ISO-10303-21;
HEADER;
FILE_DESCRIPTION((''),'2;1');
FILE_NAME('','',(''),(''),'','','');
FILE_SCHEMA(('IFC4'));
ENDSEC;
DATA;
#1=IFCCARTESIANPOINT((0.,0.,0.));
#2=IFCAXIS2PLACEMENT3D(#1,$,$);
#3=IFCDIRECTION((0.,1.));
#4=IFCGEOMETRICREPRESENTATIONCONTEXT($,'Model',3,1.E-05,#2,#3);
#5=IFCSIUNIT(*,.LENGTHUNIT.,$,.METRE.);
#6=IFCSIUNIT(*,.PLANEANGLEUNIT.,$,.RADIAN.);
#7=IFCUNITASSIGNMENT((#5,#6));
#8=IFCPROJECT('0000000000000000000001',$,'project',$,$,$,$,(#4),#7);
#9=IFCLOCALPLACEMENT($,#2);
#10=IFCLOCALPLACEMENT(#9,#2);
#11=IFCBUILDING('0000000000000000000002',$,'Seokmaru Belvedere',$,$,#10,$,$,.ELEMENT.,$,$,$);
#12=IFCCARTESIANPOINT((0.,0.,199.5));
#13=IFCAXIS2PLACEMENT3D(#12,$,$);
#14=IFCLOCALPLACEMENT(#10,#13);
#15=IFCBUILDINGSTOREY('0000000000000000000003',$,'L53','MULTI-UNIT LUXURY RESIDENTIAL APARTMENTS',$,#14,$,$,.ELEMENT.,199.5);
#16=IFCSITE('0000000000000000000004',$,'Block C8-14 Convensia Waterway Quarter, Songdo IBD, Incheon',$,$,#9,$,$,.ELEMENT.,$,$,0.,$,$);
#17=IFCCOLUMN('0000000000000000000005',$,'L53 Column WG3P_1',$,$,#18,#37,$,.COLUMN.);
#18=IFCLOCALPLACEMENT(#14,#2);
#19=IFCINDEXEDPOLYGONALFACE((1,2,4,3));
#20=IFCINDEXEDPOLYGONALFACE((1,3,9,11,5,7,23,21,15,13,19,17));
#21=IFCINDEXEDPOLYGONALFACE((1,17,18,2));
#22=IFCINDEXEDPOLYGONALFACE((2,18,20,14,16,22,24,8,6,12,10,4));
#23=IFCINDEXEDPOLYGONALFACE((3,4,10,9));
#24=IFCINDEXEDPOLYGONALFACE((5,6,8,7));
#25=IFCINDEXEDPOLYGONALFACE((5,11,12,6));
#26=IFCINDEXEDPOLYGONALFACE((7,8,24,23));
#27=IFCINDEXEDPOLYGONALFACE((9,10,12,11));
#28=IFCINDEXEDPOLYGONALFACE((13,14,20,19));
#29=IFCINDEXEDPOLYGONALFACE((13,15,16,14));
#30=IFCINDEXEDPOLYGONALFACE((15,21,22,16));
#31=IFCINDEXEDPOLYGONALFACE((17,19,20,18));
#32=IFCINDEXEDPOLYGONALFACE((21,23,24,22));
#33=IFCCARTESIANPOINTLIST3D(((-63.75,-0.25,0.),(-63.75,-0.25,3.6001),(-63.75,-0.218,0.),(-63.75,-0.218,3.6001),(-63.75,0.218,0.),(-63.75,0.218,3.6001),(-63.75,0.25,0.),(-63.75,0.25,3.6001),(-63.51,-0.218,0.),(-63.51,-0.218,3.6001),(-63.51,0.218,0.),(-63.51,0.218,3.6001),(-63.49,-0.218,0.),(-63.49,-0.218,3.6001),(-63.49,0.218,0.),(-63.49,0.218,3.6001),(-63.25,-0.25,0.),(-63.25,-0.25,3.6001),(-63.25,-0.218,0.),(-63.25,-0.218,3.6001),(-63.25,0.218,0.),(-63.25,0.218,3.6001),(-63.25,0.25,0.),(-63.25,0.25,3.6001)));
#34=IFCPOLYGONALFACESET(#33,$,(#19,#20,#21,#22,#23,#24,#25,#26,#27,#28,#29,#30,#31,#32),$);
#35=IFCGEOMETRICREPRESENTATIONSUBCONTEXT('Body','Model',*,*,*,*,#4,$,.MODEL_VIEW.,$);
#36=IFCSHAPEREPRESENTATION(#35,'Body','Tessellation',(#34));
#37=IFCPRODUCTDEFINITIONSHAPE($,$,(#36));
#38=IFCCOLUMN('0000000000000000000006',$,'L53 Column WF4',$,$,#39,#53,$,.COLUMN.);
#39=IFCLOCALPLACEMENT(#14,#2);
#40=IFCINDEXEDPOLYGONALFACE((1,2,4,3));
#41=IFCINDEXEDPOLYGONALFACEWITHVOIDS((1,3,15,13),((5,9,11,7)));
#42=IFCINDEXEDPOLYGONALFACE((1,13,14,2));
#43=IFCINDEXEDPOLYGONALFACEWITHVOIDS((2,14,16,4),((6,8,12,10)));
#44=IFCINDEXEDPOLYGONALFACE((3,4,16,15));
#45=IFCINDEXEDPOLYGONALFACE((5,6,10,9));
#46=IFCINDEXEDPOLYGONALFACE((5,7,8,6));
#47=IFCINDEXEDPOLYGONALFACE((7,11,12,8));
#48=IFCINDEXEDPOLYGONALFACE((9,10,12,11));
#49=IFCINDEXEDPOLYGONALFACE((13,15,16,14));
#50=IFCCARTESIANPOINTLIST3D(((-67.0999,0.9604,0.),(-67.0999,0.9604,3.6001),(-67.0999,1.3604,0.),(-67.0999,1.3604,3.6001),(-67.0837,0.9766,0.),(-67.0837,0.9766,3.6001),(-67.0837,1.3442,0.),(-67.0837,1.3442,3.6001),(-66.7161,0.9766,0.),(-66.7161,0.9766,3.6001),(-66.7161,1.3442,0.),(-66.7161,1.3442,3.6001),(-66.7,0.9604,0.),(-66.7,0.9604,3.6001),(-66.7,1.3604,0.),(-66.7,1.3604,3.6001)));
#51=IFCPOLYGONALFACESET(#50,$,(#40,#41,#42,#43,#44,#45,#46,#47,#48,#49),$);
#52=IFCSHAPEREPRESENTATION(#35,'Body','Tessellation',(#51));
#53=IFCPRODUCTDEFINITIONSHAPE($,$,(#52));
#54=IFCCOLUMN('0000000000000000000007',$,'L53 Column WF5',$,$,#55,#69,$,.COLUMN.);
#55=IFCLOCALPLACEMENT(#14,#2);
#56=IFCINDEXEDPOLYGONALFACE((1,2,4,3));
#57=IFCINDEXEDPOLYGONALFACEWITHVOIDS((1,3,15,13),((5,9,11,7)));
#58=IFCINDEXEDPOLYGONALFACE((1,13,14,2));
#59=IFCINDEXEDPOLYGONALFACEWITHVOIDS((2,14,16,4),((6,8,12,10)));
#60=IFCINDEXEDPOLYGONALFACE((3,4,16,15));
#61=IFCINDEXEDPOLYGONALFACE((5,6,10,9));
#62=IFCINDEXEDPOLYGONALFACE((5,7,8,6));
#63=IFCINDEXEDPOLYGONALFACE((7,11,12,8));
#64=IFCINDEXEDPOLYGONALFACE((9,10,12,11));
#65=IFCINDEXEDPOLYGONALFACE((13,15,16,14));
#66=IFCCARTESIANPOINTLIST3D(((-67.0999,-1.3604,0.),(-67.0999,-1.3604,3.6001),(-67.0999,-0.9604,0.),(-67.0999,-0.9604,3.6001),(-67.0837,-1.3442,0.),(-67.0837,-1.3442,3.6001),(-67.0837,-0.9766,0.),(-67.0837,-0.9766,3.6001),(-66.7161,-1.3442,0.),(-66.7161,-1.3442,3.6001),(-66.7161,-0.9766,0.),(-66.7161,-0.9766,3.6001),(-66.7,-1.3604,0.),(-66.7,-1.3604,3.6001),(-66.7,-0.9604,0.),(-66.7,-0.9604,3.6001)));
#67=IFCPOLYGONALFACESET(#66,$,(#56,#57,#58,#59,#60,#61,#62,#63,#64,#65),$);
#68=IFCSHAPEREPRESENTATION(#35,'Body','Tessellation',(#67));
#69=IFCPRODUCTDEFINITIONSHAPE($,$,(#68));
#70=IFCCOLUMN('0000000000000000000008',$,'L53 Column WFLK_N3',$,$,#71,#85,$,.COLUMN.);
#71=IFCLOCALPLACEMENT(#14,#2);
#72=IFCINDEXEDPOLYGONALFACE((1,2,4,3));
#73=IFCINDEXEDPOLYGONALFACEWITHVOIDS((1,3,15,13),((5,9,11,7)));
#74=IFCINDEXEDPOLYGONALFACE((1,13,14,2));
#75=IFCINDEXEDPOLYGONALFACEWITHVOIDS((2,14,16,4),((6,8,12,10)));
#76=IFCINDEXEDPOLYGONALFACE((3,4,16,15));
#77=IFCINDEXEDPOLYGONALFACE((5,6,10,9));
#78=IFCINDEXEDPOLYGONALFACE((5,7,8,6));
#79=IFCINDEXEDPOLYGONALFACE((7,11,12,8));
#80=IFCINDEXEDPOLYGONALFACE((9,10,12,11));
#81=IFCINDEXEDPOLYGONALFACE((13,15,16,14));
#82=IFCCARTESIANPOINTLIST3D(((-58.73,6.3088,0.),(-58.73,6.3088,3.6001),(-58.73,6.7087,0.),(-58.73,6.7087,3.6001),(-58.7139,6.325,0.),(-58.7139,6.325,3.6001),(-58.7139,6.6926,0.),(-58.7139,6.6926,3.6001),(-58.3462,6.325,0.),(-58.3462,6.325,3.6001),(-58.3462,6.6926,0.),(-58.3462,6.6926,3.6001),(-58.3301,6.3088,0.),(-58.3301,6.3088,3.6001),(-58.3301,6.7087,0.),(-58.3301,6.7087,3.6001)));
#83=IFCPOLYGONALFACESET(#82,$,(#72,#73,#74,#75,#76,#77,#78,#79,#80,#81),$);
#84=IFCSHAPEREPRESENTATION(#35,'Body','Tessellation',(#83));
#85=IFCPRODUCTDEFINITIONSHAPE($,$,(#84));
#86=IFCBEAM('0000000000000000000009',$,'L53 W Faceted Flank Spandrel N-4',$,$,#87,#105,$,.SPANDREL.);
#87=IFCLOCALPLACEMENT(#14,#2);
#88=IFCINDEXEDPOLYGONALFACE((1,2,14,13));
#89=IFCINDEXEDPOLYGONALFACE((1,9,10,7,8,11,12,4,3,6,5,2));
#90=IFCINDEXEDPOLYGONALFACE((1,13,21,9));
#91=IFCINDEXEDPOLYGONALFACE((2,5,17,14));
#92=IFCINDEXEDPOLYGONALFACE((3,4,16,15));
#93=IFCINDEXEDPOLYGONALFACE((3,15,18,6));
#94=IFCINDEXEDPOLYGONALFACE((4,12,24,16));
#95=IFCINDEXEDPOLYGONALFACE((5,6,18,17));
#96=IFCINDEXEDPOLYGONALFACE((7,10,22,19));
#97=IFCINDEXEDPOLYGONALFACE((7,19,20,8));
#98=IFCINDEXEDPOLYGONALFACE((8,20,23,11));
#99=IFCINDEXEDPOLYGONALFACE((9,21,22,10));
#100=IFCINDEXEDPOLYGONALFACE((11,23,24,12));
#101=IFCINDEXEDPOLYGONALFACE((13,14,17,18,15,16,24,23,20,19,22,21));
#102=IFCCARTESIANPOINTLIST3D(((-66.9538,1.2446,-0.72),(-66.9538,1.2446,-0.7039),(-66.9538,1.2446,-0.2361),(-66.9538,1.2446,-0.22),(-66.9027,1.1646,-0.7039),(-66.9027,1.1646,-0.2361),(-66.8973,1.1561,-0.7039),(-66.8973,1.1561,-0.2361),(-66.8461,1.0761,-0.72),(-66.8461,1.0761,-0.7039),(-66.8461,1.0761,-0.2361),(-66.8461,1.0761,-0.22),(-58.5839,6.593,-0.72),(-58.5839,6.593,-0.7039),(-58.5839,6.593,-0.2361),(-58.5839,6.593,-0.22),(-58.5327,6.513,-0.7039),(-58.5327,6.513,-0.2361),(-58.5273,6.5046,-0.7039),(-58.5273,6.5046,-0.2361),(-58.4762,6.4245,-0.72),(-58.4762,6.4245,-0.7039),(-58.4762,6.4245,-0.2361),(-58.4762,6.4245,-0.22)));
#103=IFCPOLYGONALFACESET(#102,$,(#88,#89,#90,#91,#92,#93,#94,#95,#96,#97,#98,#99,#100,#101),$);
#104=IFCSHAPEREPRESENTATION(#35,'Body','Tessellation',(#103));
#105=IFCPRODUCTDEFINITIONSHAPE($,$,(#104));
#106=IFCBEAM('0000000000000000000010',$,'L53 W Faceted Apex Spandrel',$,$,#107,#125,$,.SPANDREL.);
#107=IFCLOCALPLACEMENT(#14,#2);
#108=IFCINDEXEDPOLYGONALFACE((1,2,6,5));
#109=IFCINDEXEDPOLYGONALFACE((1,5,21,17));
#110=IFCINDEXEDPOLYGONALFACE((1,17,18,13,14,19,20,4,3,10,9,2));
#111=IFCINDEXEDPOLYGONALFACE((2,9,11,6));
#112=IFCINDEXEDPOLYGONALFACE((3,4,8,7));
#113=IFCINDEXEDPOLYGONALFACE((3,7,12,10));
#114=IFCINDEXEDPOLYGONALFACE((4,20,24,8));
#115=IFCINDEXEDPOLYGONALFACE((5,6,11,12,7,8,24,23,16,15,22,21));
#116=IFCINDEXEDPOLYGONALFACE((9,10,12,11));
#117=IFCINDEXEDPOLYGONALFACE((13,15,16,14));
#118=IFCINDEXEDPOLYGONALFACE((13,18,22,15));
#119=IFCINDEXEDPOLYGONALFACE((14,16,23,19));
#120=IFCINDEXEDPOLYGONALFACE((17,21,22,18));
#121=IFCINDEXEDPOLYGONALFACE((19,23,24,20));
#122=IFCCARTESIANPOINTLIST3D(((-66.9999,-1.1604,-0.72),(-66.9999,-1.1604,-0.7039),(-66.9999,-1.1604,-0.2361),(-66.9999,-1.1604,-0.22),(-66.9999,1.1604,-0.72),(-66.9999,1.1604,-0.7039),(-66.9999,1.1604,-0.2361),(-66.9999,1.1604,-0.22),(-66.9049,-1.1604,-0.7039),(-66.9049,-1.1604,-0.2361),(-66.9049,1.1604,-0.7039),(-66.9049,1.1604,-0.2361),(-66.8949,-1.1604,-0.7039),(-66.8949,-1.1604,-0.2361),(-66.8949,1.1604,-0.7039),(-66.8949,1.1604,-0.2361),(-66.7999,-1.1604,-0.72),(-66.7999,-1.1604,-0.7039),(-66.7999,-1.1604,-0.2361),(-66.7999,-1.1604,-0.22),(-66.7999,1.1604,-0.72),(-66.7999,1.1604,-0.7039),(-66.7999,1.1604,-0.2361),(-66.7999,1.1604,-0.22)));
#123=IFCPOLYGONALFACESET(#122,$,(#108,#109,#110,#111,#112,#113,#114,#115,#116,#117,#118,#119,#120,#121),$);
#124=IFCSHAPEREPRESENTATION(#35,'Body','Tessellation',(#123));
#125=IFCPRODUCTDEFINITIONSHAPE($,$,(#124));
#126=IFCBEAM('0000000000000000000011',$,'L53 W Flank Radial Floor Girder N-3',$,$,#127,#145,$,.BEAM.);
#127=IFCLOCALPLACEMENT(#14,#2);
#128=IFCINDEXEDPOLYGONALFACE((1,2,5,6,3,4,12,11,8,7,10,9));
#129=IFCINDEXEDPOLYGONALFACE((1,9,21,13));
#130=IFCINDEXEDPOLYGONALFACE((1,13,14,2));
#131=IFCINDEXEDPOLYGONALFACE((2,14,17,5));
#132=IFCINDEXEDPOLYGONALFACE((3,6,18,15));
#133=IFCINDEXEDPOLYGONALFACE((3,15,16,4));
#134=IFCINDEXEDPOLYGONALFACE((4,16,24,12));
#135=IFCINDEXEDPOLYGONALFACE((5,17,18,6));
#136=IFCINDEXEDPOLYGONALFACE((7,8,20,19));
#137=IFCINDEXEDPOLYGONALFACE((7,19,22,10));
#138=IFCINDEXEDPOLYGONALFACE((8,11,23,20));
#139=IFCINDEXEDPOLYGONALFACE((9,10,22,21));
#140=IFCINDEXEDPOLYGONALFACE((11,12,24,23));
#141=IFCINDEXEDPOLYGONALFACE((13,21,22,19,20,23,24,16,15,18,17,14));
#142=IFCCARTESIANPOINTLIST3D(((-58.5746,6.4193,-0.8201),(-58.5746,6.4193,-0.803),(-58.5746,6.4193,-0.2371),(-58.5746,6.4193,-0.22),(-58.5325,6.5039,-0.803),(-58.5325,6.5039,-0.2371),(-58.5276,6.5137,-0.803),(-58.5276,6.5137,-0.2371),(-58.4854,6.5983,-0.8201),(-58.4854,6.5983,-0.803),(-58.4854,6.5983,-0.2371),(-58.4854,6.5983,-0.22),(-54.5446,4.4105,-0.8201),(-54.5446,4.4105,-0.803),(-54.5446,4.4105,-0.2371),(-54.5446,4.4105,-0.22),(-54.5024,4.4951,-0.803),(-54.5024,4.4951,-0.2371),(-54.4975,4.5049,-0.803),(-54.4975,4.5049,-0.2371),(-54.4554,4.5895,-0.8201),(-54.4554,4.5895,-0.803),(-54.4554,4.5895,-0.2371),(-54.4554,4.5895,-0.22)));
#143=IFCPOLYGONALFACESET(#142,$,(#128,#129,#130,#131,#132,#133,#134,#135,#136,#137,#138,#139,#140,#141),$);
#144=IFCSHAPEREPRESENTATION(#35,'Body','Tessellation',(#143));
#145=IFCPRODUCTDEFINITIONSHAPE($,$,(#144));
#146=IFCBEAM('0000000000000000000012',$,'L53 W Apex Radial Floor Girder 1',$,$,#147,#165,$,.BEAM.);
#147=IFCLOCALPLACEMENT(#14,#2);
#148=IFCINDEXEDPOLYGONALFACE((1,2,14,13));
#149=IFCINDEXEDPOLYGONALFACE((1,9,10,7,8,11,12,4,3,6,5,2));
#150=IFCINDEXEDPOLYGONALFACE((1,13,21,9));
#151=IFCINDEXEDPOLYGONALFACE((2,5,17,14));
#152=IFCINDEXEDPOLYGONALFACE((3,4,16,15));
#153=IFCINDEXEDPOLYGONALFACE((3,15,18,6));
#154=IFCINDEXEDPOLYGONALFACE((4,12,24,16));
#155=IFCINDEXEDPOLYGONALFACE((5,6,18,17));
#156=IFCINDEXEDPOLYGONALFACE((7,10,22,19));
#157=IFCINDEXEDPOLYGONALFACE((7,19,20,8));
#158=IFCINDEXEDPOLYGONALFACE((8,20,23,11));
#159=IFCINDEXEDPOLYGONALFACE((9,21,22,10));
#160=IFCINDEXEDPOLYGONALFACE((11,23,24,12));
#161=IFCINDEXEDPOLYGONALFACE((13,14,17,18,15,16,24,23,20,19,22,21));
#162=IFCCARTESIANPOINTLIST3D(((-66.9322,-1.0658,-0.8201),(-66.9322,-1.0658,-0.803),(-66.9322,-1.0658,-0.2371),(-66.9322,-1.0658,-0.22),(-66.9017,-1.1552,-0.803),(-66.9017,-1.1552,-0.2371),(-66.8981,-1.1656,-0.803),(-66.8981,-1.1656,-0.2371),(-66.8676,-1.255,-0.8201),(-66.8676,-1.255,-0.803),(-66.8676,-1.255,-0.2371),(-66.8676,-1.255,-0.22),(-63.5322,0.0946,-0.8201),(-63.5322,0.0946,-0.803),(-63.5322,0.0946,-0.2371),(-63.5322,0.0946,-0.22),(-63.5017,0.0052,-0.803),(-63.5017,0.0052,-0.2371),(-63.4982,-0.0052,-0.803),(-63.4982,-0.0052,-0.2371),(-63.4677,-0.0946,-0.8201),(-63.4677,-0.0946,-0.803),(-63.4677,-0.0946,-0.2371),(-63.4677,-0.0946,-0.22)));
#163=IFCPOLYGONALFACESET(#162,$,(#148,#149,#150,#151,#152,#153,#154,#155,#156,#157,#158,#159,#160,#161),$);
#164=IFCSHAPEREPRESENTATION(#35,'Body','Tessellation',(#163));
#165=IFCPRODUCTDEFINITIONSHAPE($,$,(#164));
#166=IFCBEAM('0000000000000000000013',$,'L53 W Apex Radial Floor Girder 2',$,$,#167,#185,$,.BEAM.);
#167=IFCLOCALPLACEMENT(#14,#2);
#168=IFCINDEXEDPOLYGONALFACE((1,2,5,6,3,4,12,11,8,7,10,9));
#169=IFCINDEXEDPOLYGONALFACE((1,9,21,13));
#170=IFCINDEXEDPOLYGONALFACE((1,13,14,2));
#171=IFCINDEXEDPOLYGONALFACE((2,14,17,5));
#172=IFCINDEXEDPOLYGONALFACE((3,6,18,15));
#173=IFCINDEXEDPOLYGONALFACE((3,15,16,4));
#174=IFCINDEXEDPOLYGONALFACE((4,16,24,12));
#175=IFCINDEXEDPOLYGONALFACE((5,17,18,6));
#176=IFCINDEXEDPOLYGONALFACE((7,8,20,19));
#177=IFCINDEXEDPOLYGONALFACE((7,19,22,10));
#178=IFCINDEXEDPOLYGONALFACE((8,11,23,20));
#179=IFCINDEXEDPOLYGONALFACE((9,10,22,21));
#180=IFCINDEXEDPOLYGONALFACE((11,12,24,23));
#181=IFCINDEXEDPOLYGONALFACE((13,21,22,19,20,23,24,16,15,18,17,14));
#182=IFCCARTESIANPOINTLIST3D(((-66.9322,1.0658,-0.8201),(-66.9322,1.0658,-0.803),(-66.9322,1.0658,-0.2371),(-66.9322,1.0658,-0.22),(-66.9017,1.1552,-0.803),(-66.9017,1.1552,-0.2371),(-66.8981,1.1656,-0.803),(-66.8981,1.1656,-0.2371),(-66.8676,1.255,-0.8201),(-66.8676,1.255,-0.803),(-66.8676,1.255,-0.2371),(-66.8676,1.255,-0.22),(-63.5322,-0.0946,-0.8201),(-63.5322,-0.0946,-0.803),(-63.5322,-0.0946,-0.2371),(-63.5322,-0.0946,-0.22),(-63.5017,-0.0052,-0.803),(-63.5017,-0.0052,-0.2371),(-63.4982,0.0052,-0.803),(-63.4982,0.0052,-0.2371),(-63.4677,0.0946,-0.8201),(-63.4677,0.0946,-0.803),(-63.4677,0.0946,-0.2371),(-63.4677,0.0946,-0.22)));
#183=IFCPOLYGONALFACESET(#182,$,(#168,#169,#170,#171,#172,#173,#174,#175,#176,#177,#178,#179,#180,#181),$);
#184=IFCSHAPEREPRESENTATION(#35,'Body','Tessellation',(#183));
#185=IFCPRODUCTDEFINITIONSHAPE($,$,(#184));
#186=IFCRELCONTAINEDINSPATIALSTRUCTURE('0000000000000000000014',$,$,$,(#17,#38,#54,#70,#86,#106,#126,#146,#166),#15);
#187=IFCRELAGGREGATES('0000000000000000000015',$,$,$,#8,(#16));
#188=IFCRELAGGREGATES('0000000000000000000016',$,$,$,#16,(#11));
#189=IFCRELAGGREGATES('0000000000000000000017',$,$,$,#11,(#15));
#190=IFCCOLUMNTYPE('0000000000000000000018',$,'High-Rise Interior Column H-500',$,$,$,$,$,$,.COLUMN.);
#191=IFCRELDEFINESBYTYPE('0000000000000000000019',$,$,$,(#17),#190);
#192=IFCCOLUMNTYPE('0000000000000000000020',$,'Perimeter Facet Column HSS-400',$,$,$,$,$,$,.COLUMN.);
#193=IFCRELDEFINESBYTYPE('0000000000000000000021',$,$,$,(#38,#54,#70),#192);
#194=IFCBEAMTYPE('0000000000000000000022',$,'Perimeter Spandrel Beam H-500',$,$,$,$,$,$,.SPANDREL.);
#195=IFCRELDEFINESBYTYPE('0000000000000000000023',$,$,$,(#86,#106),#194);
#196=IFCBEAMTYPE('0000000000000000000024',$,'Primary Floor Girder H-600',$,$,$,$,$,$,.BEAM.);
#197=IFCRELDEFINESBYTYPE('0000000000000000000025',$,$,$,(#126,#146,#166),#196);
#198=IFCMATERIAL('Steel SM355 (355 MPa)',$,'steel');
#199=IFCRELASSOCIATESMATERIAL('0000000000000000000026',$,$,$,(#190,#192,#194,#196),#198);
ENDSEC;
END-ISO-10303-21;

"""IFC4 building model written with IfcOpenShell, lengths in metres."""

from ifc_helpers import new_model, si_unit, direction, frame, origin, origin_2d, place, context, subcontext, project, spatial, hollow_rectangle, i_section, extrude, source, transform, mapped, material, material_profile, profile_set, type_object, type_shapes, element, save


model = new_model("IFC4")

# Units and contexts
model_context = context("Model", 3, precision=1e-05, world=origin(), true_north=direction((0.0, 1.0)))
body_context = subcontext(model_context, "Body", "Model", "MODEL_VIEW")
ifc_project = project(units=[si_unit("LENGTHUNIT", "METRE"), si_unit("PLANEANGLEUNIT", "RADIAN")], contexts=[model_context])

# Site, building, storey
site_placement = place(None, origin())
site = spatial("IfcSite", under=ifc_project, at=site_placement, Name="Block C8-14 Convensia Waterway Quarter, Songdo IBD, Incheon", CompositionType="ELEMENT", RefElevation=0.0)
building_placement = place(site_placement, origin())
building = spatial("IfcBuilding", under=site, at=building_placement, Name="Seokmaru Belvedere", CompositionType="ELEMENT")
storey_placement = place(building_placement, frame((0.0, 0.0, 199.5)))
storey = spatial("IfcBuildingStorey", under=building, at=storey_placement, Name="L53", Description="MULTI-UNIT LUXURY RESIDENTIAL APARTMENTS", CompositionType="ELEMENT", Elevation=199.5)

# Columns
ifc_material_1 = material(Name="Steel SM355 (355 MPa)", Category="steel")
ifc_material_profile_1 = material_profile(ifc_material_1, i_section(OverallWidth=0.5, OverallDepth=0.5, WebThickness=0.02, FlangeThickness=0.032, at=origin_2d()), Name="H-500x500x20x32")
ifc_profile_set_1 = profile_set([ifc_material_profile_1], Name="Steel SM355 (355 MPa)")
column_type_1 = type_object("IfcColumnType", Name="High-Rise Interior Column H-500", PredefinedType="COLUMN", material=ifc_profile_set_1)
shared_shape_1 = source(origin(), body_context, "Body", "SweptSolid", [
    extrude(i_section(OverallWidth=0.5, OverallDepth=0.5, WebThickness=0.02, FlangeThickness=0.032, at=origin_2d()), origin(), (0.0, 0.0, 1.0), 3.6001),
])
type_shapes(column_type_1, [shared_shape_1])
column_placement = place(storey_placement, frame((-63.5, 0.0, 0.0), z_axis=(0.0, 0.0, 1.0), x_axis=(1.0, 0.0, 0.0)))
element("IfcColumn", 1, at=column_placement, inside=storey, type_object=column_type_1, Name="L53 Column WG3P_1", PredefinedType="COLUMN", context=body_context, shape_type="MappedRepresentation", body=[
    mapped(shared_shape_1, transform((0.0, 0.0, 0.0), scale=1.0)),
])
ifc_material_profile_2 = material_profile(ifc_material_1, hollow_rectangle(XDim=0.3999, YDim=0.3999, WallThickness=0.0161, at=origin_2d()), Name="HSS-400x400x16")
ifc_profile_set_2 = profile_set([ifc_material_profile_2], Name="Steel SM355 (355 MPa)")
column_type_2 = type_object("IfcColumnType", Name="Perimeter Facet Column HSS-400", PredefinedType="COLUMN", material=ifc_profile_set_2)
shared_shape_2 = source(origin(), body_context, "Body", "SweptSolid", [
    extrude(hollow_rectangle(XDim=0.3999, YDim=0.3999, WallThickness=0.0161, at=origin_2d()), origin(), (0.0, 0.0, 1.0), 3.6001),
])
type_shapes(column_type_2, [shared_shape_2])
for number, where, z_axis, x_axis, name in (
    (2, (-66.8999, 1.1604, 0.0), (0.0, 0.0, 1.0), (1.0, 0.0, 0.0), "L53 Column WF4"),
    (3, (-66.8999, -1.1604, 0.0), (0.0, 0.0, 1.0), (1.0, 0.0, 0.0), "L53 Column WF5"),
    (4, (-58.53, 6.5088, 0.0), (0.0, 0.0, 1.0), (1.0, 0.0, 0.0), "L53 Column WFLK_N3"),
):
    element("IfcColumn", number, at=place(storey_placement, frame(where, z_axis=z_axis, x_axis=x_axis)), inside=storey, type_object=column_type_2, Name=name, PredefinedType="COLUMN", context=body_context, shape_type="MappedRepresentation", body=[
        mapped(shared_shape_2, transform((0.0, 0.0, 0.0), scale=1.0)),
    ])

# Beams
ifc_material_profile_3 = material_profile(ifc_material_1, i_section(OverallWidth=0.2, OverallDepth=0.5, WebThickness=0.01, FlangeThickness=0.0161, at=origin_2d()), Name="H-500x200x10x16")
ifc_profile_set_3 = profile_set([ifc_material_profile_3], Name="Steel SM355 (355 MPa)")
beam_type_1 = type_object("IfcBeamType", Name="Perimeter Spandrel Beam H-500", PredefinedType="SPANDREL", material=ifc_profile_set_3)
shared_shape_3 = source(origin(), body_context, "Body", "SweptSolid", [
    extrude(i_section(OverallWidth=0.2, OverallDepth=0.5, WebThickness=0.01, FlangeThickness=0.0161, at=origin_2d()), origin(), (0.0, 0.0, 1.0), 9.9329),
])
beam_1_placement = place(storey_placement, frame((-58.53, 6.5088, -0.47), z_axis=(-0.842652, -0.538459, 0.0), x_axis=(0.538459, -0.842652, 0.0)))
element("IfcBeam", 5, at=beam_1_placement, inside=storey, type_object=beam_type_1, Name="L53 W Faceted Flank Spandrel N-4", PredefinedType="SPANDREL", context=body_context, shape_type="MappedRepresentation", body=[
    mapped(shared_shape_3, transform((0.0, 0.0, 0.0), scale=1.0)),
])
shared_shape_4 = source(origin(), body_context, "Body", "SweptSolid", [
    extrude(i_section(OverallWidth=0.2, OverallDepth=0.5, WebThickness=0.01, FlangeThickness=0.0161, at=origin_2d()), origin(), (0.0, 0.0, 1.0), 2.3208),
])
type_shapes(beam_type_1, [shared_shape_3, shared_shape_4])
beam_2_placement = place(storey_placement, frame((-66.8999, -1.1604, -0.47), z_axis=(0.0, 1.0, 0.0), x_axis=(-1.0, 0.0, 0.0)))
element("IfcBeam", 6, at=beam_2_placement, inside=storey, type_object=beam_type_1, Name="L53 W Faceted Apex Spandrel", PredefinedType="SPANDREL", context=body_context, shape_type="MappedRepresentation", body=[
    mapped(shared_shape_4, transform((0.0, 0.0, 0.0), scale=1.0)),
])
ifc_material_profile_4 = material_profile(ifc_material_1, i_section(OverallWidth=0.2, OverallDepth=0.6001, WebThickness=0.011, FlangeThickness=0.0171, at=origin_2d()), Name="H-600x200x11x17")
ifc_profile_set_4 = profile_set([ifc_material_profile_4], Name="Steel SM355 (355 MPa)")
beam_type_2 = type_object("IfcBeamType", Name="Primary Floor Girder H-600", PredefinedType="BEAM", material=ifc_profile_set_4)
shared_shape_5 = source(origin(), body_context, "Body", "SweptSolid", [
    extrude(i_section(OverallWidth=0.2, OverallDepth=0.6001, WebThickness=0.011, FlangeThickness=0.0171, at=origin_2d()), origin(), (0.0, 0.0, 1.0), 4.5029),
])
beam_3_placement = place(storey_placement, frame((-58.53, 6.5088, -0.52), z_axis=(0.89498, -0.446107, 0.0), x_axis=(0.446107, 0.89498, 0.0)))
element("IfcBeam", 7, at=beam_3_placement, inside=storey, type_object=beam_type_2, Name="L53 W Flank Radial Floor Girder N-3", PredefinedType="BEAM", context=body_context, shape_type="MappedRepresentation", body=[
    mapped(shared_shape_5, transform((0.0, 0.0, 0.0), scale=1.0)),
])
shared_shape_6 = source(origin(), body_context, "Body", "SweptSolid", [
    extrude(i_section(OverallWidth=0.2, OverallDepth=0.6001, WebThickness=0.011, FlangeThickness=0.0171, at=origin_2d()), origin(), (0.0, 0.0, 1.0), 3.5925),
])
type_shapes(beam_type_2, [shared_shape_5, shared_shape_6])
for number, where, z_axis, x_axis, name in (
    (8, (-66.8999, -1.1604, -0.52), (0.946396, 0.323009, 0.0), (-0.323009, 0.946396, 0.0), "L53 W Apex Radial Floor Girder 1"),
    (9, (-66.8999, 1.1604, -0.52), (0.946396, -0.323009, 0.0), (0.323009, 0.946396, 0.0), "L53 W Apex Radial Floor Girder 2"),
):
    element("IfcBeam", number, at=place(storey_placement, frame(where, z_axis=z_axis, x_axis=x_axis)), inside=storey, type_object=beam_type_2, Name=name, PredefinedType="BEAM", context=body_context, shape_type="MappedRepresentation", body=[
        mapped(shared_shape_6, transform((0.0, 0.0, 0.0), scale=1.0)),
    ])

save(model, "model.ifc")
